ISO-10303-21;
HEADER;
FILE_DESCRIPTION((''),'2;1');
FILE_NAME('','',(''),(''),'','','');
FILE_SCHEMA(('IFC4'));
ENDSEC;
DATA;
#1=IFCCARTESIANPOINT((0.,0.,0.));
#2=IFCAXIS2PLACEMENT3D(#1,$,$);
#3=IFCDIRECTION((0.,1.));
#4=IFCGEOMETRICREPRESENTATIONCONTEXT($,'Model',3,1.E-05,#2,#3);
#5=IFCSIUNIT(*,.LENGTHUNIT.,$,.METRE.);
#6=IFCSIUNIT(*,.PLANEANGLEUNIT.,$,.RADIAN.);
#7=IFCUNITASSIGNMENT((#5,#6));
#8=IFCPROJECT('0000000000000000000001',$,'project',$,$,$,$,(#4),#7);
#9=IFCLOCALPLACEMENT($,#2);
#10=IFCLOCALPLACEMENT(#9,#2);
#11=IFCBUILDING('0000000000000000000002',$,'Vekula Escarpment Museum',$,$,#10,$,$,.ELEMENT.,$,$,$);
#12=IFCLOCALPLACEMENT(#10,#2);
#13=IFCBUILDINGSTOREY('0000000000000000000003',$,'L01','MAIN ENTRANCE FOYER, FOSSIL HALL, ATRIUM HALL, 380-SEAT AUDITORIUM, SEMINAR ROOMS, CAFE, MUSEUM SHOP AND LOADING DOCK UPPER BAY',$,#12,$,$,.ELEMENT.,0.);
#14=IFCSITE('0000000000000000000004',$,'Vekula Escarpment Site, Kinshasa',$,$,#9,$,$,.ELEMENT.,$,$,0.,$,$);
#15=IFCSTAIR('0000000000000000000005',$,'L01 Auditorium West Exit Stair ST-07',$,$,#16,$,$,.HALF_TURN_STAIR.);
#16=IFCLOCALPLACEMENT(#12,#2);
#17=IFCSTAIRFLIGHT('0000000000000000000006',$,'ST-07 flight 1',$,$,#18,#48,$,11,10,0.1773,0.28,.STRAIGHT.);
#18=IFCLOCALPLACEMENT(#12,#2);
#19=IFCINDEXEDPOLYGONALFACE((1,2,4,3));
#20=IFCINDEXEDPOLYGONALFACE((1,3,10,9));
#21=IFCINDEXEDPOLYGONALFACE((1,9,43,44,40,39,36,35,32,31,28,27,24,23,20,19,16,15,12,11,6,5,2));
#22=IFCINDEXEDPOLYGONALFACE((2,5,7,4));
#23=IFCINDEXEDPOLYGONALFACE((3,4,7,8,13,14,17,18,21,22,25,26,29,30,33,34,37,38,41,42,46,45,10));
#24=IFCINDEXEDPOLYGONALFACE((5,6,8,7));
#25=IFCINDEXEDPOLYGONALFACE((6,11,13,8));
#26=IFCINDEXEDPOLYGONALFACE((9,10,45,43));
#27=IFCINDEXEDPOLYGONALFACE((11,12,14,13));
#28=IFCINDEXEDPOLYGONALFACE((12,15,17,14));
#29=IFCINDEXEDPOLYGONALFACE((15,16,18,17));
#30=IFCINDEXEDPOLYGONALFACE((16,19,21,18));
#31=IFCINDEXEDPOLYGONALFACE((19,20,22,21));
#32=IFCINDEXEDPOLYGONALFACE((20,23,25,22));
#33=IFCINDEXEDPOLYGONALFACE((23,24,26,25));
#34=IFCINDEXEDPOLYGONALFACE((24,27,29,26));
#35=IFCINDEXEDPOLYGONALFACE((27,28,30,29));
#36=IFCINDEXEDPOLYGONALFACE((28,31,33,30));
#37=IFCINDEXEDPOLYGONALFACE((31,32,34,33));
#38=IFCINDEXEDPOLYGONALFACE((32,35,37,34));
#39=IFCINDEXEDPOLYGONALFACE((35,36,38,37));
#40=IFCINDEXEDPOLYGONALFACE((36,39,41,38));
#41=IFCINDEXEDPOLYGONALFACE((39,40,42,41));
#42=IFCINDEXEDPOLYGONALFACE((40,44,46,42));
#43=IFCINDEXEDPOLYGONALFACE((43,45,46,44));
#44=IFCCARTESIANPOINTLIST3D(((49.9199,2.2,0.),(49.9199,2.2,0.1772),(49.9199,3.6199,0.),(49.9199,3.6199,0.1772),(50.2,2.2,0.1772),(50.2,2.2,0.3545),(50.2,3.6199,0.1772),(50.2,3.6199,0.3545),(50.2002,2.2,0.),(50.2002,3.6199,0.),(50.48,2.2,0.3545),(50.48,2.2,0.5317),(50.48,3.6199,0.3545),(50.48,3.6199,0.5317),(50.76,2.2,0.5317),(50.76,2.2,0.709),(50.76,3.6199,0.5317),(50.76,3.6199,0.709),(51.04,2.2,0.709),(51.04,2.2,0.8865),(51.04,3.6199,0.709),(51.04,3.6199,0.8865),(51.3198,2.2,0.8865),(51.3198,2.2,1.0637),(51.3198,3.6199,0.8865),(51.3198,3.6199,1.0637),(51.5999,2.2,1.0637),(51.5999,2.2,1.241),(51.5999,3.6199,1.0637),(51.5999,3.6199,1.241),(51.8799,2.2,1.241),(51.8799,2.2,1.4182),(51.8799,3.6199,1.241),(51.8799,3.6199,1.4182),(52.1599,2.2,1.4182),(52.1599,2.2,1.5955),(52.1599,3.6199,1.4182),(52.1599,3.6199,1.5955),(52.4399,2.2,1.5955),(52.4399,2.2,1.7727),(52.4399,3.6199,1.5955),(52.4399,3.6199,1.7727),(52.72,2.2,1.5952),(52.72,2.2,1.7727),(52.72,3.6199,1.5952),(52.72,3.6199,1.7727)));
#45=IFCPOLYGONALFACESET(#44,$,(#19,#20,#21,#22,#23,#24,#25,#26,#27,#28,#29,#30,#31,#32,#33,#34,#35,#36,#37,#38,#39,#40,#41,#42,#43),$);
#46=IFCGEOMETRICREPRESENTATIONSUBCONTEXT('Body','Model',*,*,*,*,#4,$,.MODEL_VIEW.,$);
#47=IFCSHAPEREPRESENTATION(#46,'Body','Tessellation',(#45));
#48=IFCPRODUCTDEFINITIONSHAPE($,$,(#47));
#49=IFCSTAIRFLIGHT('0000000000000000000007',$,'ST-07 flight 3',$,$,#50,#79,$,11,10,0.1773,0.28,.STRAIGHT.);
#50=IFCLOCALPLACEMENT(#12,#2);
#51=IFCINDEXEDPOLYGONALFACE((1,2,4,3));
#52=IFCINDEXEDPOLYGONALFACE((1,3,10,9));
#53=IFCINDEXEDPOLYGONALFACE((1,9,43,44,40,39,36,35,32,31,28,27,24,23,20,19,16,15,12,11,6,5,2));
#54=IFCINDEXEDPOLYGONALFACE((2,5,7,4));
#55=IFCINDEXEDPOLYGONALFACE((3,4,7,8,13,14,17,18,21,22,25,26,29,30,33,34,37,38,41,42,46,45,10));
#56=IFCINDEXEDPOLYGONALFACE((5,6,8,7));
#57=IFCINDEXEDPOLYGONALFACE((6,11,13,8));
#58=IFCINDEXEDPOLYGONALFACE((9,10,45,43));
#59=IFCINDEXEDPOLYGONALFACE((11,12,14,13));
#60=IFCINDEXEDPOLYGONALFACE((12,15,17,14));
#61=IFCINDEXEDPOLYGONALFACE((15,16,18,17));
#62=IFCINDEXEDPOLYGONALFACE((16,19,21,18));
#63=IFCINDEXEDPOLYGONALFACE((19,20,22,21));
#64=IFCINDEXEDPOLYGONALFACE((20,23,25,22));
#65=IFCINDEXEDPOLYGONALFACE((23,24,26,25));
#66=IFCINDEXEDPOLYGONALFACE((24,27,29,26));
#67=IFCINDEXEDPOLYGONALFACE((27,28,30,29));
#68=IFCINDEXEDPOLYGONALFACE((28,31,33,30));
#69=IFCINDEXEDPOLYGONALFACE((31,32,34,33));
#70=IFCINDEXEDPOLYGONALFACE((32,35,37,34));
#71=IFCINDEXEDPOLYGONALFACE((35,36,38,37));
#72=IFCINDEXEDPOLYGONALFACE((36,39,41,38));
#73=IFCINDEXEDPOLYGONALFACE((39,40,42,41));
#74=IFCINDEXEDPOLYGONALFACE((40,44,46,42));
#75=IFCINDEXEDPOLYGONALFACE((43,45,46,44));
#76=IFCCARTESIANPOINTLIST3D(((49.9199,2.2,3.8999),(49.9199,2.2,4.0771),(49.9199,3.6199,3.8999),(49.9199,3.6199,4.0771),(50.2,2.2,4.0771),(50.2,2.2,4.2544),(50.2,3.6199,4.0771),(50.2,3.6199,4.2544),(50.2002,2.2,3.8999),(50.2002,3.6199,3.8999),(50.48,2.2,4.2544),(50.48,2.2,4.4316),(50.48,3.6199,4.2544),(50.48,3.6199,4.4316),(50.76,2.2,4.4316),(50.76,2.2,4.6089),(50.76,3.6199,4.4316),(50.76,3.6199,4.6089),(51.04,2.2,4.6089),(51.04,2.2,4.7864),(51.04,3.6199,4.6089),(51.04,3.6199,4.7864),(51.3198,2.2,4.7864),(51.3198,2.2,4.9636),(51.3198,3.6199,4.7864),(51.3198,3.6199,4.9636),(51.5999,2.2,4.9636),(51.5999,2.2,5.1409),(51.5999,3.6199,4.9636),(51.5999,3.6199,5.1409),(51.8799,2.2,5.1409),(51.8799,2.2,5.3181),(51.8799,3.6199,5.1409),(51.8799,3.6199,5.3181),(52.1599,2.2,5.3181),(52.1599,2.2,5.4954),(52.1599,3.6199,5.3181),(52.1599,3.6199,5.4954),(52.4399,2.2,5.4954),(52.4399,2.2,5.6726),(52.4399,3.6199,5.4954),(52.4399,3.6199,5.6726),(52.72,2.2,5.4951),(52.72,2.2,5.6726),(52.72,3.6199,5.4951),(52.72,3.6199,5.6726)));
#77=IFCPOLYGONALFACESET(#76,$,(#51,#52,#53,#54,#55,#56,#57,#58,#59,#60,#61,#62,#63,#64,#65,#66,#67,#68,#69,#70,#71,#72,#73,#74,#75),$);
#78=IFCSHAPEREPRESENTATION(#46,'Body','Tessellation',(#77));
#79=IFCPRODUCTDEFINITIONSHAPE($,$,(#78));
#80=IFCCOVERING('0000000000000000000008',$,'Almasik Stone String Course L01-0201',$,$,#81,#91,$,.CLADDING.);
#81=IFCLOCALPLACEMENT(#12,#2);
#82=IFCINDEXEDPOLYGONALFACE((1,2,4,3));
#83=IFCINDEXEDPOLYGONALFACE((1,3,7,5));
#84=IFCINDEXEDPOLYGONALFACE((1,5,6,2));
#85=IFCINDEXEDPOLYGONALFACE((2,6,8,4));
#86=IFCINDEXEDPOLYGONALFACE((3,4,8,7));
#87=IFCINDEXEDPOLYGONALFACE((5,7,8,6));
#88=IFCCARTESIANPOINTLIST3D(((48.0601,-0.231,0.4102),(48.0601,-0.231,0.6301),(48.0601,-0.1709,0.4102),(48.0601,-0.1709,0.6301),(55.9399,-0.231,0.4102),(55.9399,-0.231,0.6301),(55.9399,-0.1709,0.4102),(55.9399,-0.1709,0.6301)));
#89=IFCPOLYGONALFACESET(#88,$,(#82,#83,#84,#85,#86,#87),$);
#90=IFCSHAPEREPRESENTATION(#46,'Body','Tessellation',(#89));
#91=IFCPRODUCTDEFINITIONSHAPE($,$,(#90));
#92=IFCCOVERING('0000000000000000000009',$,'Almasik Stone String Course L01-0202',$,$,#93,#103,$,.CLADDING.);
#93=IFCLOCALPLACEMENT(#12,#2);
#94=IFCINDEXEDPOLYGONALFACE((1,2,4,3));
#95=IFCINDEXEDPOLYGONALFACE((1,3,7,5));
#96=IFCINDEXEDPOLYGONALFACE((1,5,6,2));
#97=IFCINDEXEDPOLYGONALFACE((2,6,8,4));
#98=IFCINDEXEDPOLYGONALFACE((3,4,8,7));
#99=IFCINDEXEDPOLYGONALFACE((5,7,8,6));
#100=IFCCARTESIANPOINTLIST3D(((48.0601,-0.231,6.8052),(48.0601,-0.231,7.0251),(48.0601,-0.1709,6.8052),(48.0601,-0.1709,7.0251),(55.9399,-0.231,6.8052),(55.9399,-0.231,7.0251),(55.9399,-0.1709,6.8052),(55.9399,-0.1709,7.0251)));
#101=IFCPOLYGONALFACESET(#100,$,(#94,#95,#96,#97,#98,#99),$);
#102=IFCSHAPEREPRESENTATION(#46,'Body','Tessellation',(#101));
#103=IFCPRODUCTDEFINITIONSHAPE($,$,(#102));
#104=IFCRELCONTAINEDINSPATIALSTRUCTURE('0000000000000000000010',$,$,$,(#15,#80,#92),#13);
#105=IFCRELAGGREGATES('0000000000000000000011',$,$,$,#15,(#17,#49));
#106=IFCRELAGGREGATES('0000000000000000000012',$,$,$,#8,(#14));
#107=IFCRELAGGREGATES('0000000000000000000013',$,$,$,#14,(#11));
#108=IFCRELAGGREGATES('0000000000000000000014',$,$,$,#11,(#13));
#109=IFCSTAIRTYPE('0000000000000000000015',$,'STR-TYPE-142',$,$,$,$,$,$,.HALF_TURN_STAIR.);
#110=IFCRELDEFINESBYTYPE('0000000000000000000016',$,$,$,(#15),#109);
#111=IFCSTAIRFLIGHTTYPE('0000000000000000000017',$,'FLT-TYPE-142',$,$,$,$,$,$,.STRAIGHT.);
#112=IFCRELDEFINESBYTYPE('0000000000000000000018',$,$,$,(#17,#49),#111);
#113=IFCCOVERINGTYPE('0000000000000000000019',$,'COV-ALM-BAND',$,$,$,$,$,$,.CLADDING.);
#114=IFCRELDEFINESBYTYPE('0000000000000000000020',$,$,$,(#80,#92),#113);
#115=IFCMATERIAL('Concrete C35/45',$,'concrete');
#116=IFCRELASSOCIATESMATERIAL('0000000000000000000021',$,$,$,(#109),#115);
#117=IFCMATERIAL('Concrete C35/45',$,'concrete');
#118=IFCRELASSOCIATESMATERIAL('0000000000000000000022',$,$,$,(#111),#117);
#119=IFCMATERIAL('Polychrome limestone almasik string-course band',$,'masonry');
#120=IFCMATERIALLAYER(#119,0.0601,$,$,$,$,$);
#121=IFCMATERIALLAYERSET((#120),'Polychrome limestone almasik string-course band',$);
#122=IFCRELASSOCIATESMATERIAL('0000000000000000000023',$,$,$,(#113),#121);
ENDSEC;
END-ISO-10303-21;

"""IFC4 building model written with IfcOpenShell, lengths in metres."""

from ifc_helpers import new_model, si_unit, direction, frame, origin, origin_2d, place, context, subcontext, project, spatial, polyline, rectangle, outline, extrude, material, layer, layer_set, type_object, element, aggregate, save


model = new_model("IFC4")

# Units and contexts
model_context = context("Model", 3, precision=1e-05, world=origin(), true_north=direction((0.0, 1.0)))
body_context = subcontext(model_context, "Body", "Model", "MODEL_VIEW")
ifc_project = project(units=[si_unit("LENGTHUNIT", "METRE"), si_unit("PLANEANGLEUNIT", "RADIAN")], contexts=[model_context])

# Site, building, storey
site_placement = place(None, origin())
site = spatial("IfcSite", under=ifc_project, at=site_placement, Name="Vekula Escarpment Site, Kinshasa", CompositionType="ELEMENT", RefElevation=0.0)
building_placement = place(site_placement, origin())
building = spatial("IfcBuilding", under=site, at=building_placement, Name="Vekula Escarpment Museum", CompositionType="ELEMENT")
storey_placement = place(building_placement, origin())
storey = spatial("IfcBuildingStorey", under=building, at=storey_placement, Name="L01", Description="MAIN ENTRANCE FOYER, FOSSIL HALL, ATRIUM HALL, 380-SEAT AUDITORIUM, SEMINAR ROOMS, CAFE, MUSEUM SHOP AND LOADING DOCK UPPER BAY", CompositionType="ELEMENT", Elevation=0.0)

# Stair, stair flights
ifc_material_1 = material(Name="Concrete C35/45", Category="concrete")
stair_type = type_object("IfcStairType", Name="STR-TYPE-142", PredefinedType="HALF_TURN_STAIR", material=ifc_material_1)
stair_placement = place(storey_placement, origin())
stair = element("IfcStair", 1, at=stair_placement, inside=storey, type_object=stair_type, Name="L01 Auditorium West Exit Stair ST-07", PredefinedType="HALF_TURN_STAIR")
ifc_material_2 = material(Name="Concrete C35/45", Category="concrete")
stair_flight_type = type_object("IfcStairFlightType", Name="FLT-TYPE-142", PredefinedType="STRAIGHT", material=ifc_material_2)
stair_flight_1_placement = place(storey_placement, frame((49.9199, 2.9099, 0.0), z_axis=(0.0, 0.0, 1.0), x_axis=(1.0, 0.0, 0.0)))
stair_flight_1 = element("IfcStairFlight", 2, at=stair_flight_1_placement, type_object=stair_flight_type, Name="ST-07 flight 1", NumberOfRisers=11, NumberOfTreads=10, PredefinedType="STRAIGHT", RiserHeight=0.1773, TreadLength=0.28, context=body_context, shape_type="SweptSolid", body=[
    extrude(outline(polyline([(0.0, 0.0), (0.0, 0.1772), (0.28, 0.1772), (0.28, 0.3545), (0.5601, 0.3545), (0.5601, 0.5317), (0.8401, 0.5317), (0.8401, 0.709), (1.1201, 0.709), (1.1201, 0.8865), (1.3999, 0.8865), (1.3999, 1.0637), (1.6799, 1.0637), (1.6799, 1.241), (1.96, 1.241), (1.96, 1.4182), (2.24, 1.4182), (2.24, 1.5955), (2.52, 1.5955), (2.52, 1.7727), (2.8, 1.7727), (2.8, 1.95), (2.8, 1.5952), (0.2803, 0.0), (0.0, 0.0)])), frame((0.0, 0.71, 0.0), z_axis=(0.0, -1.0, 0.0), x_axis=(1.0, 0.0, 0.0)), (0.0, 0.0, 1.0), 1.4199),
])
stair_flight_2_placement = place(storey_placement, frame((49.9199, 2.9099, 3.8999), z_axis=(0.0, 0.0, 1.0), x_axis=(1.0, 0.0, 0.0)))
stair_flight_2 = element("IfcStairFlight", 3, at=stair_flight_2_placement, type_object=stair_flight_type, Name="ST-07 flight 3", NumberOfRisers=11, NumberOfTreads=10, PredefinedType="STRAIGHT", RiserHeight=0.1773, TreadLength=0.28, context=body_context, shape_type="SweptSolid", body=[
    extrude(outline(polyline([(0.0, 0.0), (0.0, 0.1772), (0.28, 0.1772), (0.28, 0.3545), (0.5601, 0.3545), (0.5601, 0.5317), (0.8401, 0.5317), (0.8401, 0.709), (1.1201, 0.709), (1.1201, 0.8865), (1.3999, 0.8865), (1.3999, 1.0637), (1.6799, 1.0637), (1.6799, 1.241), (1.96, 1.241), (1.96, 1.4182), (2.24, 1.4182), (2.24, 1.5955), (2.52, 1.5955), (2.52, 1.7727), (2.8, 1.7727), (2.8, 1.95), (2.8, 1.5952), (0.2803, 0.0), (0.0, 0.0)])), frame((0.0, 0.71, 0.0), z_axis=(0.0, -1.0, 0.0), x_axis=(1.0, 0.0, 0.0)), (0.0, 0.0, 1.0), 1.4199),
])
aggregate(stair, [stair_flight_1, stair_flight_2])

# Coverings
ifc_material_3 = material(Name="Polychrome limestone almasik string-course band", Category="masonry")
ifc_layer_1 = layer(ifc_material_3, 0.0601)
ifc_layer_set_1 = layer_set([ifc_layer_1], Name="Polychrome limestone almasik string-course band")
covering_type = type_object("IfcCoveringType", Name="COV-ALM-BAND", PredefinedType="CLADDING", material=ifc_layer_set_1)
for number, where, z_axis, x_axis, name in (
    (4, (52.0, -0.2009, 0.4102), (0.0, 0.0, 1.0), (1.0, 0.0, 0.0), "Almasik Stone String Course L01-0201"),
    (5, (52.0, -0.2009, 6.8052), (0.0, 0.0, 1.0), (1.0, 0.0, 0.0), "Almasik Stone String Course L01-0202"),
):
    element("IfcCovering", number, at=place(storey_placement, frame(where, z_axis=z_axis, x_axis=x_axis)), inside=storey, type_object=covering_type, Name=name, PredefinedType="CLADDING", context=body_context, shape_type="SweptSolid", body=[
        extrude(rectangle(XDim=7.8799, YDim=0.0601, at=origin_2d()), origin(), (0.0, 0.0, 1.0), 0.22),
    ])

save(model, "model.ifc")
